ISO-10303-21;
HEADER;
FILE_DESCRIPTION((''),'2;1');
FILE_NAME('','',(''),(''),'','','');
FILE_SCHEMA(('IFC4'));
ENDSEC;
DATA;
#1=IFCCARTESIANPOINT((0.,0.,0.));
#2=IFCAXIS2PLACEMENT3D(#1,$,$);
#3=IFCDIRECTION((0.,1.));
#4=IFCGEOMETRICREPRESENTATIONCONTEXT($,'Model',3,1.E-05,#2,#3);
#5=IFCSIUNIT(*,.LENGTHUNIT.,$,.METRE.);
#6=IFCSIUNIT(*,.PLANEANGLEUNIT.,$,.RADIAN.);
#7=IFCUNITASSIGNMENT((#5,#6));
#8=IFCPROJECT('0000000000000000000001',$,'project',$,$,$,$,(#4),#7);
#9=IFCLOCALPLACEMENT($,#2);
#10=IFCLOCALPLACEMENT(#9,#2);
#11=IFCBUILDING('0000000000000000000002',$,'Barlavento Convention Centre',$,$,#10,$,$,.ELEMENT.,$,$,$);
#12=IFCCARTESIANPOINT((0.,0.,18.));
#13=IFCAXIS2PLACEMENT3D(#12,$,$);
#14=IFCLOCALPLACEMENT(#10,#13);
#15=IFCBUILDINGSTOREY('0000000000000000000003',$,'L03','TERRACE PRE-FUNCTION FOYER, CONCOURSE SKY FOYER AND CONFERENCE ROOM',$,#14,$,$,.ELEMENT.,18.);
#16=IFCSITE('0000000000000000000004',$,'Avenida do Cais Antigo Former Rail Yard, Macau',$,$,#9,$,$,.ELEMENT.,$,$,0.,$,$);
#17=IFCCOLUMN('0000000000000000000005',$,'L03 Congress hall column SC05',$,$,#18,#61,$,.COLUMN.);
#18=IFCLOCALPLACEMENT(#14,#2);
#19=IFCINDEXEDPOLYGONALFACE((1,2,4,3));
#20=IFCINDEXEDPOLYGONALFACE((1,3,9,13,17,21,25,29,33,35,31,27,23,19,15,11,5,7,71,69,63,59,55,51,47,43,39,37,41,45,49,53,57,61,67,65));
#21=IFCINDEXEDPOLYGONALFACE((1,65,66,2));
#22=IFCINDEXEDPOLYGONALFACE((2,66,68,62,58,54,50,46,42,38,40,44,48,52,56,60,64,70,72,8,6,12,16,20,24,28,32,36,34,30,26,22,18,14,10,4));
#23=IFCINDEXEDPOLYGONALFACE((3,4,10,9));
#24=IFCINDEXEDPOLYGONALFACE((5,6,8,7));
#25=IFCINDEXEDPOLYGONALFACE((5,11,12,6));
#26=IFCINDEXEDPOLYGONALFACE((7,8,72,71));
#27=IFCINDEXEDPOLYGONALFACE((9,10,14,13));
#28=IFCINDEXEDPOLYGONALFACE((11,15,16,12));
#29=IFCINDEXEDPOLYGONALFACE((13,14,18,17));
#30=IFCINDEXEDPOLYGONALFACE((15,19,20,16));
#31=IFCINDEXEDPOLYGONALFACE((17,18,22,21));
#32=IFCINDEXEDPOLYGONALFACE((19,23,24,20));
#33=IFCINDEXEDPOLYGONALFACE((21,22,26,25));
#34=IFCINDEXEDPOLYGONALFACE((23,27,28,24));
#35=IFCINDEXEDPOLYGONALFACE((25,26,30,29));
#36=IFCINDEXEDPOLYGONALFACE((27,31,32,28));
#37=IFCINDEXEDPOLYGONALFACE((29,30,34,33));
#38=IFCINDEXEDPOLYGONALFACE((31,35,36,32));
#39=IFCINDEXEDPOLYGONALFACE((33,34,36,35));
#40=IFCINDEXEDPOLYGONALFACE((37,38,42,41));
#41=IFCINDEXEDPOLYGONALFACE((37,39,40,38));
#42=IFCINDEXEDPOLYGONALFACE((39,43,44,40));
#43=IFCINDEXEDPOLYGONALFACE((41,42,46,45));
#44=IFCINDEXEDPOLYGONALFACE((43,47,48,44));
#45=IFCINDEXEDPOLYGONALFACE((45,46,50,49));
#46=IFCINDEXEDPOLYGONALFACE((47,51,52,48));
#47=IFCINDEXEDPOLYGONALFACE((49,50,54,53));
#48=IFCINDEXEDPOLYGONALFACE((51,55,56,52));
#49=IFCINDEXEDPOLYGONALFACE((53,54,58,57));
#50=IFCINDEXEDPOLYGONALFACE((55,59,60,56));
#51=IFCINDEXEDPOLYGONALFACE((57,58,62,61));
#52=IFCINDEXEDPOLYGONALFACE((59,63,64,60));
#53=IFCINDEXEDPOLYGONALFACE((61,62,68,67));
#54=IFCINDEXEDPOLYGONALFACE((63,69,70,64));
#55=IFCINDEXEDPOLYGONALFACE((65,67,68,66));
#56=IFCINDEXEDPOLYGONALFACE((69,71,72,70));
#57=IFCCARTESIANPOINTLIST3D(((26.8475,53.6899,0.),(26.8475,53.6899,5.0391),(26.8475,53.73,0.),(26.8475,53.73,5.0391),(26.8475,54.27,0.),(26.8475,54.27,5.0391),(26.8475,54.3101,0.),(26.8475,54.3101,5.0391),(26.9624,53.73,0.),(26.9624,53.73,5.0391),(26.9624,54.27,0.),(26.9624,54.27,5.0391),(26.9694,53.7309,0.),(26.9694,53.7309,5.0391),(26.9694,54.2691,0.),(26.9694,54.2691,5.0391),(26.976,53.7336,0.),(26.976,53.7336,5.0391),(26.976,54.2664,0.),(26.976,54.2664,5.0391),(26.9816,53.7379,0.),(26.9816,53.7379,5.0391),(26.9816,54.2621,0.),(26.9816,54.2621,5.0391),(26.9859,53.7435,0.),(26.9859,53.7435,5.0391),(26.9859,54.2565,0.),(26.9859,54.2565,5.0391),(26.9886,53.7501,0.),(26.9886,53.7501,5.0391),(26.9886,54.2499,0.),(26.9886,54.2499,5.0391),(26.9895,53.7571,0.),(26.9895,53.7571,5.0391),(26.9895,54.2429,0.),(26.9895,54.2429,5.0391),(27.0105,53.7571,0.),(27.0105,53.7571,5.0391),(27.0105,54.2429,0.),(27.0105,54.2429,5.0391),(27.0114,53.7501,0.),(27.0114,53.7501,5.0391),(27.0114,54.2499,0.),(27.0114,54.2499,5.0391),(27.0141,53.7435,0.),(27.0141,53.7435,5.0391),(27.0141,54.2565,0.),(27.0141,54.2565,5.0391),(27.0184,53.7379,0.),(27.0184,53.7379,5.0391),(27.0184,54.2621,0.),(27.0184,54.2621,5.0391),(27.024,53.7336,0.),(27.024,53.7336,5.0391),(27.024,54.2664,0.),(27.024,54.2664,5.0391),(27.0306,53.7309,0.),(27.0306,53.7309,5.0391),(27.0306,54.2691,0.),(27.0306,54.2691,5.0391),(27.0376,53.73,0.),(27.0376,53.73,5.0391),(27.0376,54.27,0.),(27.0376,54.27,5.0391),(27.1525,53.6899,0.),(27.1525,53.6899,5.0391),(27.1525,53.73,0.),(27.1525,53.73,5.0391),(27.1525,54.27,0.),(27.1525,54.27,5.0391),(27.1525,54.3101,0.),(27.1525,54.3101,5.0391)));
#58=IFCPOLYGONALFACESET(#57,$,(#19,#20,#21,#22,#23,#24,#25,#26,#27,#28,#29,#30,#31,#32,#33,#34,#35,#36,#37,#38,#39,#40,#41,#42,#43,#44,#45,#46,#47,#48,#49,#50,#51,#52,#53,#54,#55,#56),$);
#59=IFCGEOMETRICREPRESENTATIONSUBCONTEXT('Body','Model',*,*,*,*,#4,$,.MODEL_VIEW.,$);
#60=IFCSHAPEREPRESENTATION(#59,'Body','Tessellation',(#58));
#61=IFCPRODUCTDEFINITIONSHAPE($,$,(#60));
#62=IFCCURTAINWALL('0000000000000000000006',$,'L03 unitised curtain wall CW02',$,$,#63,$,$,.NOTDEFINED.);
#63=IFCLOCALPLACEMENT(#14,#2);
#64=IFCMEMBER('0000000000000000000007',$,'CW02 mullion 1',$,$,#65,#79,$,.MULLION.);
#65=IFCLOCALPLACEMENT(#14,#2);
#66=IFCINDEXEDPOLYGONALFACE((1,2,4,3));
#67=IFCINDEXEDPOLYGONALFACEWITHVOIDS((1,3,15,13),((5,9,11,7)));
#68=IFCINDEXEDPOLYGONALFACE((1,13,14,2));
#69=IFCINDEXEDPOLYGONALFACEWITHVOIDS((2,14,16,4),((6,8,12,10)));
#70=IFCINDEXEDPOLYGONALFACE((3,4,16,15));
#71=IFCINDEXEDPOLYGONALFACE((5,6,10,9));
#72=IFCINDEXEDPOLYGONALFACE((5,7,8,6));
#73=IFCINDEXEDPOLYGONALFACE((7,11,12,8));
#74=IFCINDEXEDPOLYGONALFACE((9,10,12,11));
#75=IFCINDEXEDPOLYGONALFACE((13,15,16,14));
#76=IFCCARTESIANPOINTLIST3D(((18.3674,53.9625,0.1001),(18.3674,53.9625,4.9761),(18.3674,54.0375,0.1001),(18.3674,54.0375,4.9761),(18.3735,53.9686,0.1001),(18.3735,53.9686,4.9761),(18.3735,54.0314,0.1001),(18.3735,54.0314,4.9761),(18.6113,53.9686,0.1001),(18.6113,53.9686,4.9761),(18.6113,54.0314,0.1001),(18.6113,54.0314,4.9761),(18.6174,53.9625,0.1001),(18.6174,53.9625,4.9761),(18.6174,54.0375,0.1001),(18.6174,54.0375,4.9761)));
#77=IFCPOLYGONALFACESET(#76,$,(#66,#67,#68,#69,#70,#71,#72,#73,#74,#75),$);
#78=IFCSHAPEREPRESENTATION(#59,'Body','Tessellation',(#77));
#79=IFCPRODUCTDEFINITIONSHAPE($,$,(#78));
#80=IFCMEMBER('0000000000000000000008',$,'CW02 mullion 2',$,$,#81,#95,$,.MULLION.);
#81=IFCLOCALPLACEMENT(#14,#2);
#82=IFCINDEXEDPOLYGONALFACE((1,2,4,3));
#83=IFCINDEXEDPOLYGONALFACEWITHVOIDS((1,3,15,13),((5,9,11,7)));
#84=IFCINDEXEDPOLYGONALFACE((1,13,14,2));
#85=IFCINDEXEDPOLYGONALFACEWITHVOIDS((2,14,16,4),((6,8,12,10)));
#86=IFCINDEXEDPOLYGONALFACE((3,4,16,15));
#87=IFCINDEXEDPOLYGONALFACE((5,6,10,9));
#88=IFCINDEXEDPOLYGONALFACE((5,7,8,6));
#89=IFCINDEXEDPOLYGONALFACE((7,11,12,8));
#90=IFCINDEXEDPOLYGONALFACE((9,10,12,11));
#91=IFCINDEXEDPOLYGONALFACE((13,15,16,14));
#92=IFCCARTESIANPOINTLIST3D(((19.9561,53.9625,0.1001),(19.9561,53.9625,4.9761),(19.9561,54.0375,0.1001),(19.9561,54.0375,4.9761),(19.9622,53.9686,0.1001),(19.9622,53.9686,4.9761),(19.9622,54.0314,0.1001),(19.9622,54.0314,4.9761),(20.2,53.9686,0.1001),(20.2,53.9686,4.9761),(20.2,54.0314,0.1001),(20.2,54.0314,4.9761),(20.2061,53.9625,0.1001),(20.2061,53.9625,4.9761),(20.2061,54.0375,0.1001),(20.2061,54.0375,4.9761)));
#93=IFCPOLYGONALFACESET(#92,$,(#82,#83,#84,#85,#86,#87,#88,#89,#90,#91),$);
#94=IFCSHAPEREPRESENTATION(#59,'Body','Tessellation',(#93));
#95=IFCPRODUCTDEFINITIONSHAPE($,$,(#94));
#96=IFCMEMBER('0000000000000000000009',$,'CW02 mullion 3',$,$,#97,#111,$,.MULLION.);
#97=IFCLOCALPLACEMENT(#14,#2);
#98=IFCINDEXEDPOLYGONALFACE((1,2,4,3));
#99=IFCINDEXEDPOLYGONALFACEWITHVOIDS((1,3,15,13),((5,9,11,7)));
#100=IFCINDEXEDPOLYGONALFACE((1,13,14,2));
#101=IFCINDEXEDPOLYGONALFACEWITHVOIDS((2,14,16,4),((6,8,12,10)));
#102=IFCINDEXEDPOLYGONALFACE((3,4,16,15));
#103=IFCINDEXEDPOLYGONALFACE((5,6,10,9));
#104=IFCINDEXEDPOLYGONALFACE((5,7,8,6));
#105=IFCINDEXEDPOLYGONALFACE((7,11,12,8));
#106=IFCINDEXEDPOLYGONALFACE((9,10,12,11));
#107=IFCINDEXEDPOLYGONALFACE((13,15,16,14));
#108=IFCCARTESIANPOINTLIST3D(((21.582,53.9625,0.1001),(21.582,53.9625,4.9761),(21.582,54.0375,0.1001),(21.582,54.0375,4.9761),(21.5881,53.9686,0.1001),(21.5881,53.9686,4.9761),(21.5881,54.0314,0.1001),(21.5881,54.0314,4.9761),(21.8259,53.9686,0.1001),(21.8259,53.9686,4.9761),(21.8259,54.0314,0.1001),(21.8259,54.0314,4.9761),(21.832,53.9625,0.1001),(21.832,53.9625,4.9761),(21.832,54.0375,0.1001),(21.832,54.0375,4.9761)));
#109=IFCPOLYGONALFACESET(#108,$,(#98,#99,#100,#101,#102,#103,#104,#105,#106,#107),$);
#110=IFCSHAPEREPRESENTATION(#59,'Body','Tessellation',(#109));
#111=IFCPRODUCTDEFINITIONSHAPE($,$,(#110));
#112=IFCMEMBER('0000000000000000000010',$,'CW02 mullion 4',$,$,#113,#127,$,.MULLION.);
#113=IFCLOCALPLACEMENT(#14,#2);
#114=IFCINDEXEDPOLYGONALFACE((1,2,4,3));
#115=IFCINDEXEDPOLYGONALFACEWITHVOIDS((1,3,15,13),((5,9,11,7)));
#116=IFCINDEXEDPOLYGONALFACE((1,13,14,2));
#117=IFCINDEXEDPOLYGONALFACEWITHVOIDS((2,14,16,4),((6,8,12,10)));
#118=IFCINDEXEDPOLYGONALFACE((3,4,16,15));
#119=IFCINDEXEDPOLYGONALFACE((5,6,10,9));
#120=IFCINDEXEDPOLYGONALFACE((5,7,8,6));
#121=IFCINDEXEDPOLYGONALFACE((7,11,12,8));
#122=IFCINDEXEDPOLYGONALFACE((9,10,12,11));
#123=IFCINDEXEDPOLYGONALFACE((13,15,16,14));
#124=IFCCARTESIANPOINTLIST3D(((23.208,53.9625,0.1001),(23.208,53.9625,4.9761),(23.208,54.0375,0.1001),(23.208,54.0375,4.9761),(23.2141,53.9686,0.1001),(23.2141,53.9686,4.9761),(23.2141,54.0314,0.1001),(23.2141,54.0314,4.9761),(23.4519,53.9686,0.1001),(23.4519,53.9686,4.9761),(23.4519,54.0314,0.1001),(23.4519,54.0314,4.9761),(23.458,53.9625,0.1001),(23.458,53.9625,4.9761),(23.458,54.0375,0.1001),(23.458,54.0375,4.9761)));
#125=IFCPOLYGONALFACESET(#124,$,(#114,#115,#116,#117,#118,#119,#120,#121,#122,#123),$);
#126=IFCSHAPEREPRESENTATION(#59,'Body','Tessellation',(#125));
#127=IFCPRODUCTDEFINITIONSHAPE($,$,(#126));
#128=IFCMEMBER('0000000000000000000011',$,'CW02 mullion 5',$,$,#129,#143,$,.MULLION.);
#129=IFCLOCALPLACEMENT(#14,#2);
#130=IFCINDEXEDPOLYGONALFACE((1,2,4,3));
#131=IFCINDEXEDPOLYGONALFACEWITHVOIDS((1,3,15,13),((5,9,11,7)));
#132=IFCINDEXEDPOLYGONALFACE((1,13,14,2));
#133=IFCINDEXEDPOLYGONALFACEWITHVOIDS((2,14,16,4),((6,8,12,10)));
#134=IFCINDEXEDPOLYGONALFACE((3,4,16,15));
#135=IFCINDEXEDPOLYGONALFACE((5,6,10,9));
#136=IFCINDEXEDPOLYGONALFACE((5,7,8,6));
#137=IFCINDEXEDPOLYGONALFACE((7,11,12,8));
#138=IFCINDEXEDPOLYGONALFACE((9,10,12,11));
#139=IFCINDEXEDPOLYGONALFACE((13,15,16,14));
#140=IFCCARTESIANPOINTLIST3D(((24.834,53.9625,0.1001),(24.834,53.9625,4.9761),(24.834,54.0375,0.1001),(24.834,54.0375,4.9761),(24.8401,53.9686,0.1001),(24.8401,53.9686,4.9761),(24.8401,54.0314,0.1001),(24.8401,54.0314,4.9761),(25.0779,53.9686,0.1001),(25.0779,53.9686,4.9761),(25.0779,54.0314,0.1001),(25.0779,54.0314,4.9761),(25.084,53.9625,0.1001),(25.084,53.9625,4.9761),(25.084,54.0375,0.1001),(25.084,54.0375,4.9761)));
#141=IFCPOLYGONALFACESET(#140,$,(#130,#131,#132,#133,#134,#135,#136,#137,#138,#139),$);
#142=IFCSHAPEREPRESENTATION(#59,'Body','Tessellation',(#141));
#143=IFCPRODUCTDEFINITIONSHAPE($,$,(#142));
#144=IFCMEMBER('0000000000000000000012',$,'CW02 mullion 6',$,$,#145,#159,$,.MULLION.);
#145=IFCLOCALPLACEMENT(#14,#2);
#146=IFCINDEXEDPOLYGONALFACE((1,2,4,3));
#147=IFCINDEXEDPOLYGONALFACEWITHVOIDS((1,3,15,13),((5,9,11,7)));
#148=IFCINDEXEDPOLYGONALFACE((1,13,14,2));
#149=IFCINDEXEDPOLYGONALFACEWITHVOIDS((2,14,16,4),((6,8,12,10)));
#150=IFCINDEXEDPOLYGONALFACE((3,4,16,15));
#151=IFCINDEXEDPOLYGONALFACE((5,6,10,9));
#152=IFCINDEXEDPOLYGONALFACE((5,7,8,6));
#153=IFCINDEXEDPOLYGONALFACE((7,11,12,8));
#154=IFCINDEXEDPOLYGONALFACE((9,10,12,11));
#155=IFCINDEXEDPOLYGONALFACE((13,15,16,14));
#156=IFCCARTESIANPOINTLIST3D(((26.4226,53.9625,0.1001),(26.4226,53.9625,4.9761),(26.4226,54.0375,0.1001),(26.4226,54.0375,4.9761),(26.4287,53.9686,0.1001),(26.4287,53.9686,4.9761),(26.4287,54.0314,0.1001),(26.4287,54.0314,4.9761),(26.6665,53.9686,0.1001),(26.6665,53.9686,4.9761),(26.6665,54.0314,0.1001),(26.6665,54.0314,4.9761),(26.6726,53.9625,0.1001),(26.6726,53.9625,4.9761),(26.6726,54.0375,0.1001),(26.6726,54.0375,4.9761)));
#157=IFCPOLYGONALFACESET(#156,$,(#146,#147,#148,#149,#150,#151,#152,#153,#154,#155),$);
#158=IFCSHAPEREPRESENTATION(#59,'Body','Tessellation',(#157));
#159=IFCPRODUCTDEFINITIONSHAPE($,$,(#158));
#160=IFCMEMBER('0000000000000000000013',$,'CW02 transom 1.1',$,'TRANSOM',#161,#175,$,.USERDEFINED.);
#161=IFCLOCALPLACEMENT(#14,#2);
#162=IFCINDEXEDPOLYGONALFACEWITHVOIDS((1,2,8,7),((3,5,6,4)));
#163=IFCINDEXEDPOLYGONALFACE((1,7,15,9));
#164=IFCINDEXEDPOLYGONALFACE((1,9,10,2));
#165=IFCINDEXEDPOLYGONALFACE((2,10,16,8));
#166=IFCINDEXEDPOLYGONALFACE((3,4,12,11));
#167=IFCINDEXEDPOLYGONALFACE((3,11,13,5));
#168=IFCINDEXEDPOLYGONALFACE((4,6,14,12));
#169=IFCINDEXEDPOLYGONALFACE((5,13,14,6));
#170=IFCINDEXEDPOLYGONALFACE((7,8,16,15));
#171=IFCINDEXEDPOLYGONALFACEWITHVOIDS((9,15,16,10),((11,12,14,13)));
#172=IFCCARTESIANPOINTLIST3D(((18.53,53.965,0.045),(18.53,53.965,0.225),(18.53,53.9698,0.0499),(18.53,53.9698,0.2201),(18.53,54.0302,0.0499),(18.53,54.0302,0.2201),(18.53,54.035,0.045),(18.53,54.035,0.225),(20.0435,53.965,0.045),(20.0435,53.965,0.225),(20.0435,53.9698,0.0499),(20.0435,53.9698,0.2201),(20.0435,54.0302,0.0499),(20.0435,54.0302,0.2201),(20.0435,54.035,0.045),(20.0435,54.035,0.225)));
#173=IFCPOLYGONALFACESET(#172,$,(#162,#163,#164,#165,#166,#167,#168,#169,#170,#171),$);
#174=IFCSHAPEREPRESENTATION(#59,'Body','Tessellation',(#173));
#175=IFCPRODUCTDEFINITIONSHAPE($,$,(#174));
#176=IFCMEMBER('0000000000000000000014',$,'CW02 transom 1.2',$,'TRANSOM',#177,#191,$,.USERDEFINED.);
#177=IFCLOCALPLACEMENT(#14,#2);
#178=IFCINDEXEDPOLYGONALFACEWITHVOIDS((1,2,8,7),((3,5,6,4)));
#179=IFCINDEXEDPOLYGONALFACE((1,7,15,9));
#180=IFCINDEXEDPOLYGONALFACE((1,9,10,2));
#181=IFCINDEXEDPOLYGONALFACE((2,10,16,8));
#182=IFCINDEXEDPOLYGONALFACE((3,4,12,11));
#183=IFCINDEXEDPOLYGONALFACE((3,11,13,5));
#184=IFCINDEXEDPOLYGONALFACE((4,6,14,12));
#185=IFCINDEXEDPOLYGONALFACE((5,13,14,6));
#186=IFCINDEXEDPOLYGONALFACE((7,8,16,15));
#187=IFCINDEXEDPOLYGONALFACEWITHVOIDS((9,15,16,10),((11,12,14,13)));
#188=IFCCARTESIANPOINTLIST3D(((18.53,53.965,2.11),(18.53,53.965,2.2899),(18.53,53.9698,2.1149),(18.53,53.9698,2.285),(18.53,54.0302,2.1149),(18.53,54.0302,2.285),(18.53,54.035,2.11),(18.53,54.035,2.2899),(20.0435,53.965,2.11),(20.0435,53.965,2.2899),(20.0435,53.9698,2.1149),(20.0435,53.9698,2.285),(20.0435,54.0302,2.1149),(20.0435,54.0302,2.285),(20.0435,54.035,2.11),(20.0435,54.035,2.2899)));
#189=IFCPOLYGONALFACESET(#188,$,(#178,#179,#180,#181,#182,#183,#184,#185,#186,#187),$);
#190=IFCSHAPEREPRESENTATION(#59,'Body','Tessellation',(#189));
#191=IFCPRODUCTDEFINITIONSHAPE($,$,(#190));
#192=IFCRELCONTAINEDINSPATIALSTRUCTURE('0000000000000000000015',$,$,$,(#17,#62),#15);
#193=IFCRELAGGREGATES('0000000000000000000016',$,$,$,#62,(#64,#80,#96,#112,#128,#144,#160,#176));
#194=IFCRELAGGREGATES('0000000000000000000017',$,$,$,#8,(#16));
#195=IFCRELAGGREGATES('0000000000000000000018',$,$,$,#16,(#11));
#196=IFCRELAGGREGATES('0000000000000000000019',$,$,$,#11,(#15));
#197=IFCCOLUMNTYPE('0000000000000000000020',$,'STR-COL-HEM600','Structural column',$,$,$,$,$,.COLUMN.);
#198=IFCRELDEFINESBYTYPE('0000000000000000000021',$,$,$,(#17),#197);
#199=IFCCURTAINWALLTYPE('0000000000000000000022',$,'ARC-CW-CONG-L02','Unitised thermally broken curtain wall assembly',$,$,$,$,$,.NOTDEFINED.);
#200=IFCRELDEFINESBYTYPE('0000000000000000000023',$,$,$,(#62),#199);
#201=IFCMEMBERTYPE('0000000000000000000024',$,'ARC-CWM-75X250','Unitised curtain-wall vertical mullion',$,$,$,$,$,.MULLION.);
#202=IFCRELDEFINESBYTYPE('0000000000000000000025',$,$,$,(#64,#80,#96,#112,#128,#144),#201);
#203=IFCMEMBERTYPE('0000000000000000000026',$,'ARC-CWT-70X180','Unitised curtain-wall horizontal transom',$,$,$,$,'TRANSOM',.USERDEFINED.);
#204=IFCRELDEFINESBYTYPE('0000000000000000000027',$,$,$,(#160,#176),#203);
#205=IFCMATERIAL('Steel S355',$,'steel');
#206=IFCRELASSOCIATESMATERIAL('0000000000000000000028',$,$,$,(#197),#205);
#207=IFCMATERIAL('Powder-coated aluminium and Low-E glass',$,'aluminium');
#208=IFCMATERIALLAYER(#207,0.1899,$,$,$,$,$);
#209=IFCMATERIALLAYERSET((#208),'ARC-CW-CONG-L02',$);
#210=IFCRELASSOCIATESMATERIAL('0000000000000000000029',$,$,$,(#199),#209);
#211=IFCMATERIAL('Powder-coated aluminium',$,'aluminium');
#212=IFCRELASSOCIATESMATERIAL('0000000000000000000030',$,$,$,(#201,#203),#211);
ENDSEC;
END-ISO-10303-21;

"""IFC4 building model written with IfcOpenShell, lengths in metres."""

from ifc_helpers import new_model, si_unit, direction, frame, origin, origin_2d, place, context, subcontext, project, spatial, hollow_rectangle, i_section, extrude, material, layer, layer_set, material_profile, profile_set, type_object, element, aggregate, save


model = new_model("IFC4")

# Units and contexts
model_context = context("Model", 3, precision=1e-05, world=origin(), true_north=direction((0.0, 1.0)))
body_context = subcontext(model_context, "Body", "Model", "MODEL_VIEW")
ifc_project = project(units=[si_unit("LENGTHUNIT", "METRE"), si_unit("PLANEANGLEUNIT", "RADIAN")], contexts=[model_context])

# Site, building, storey
site_placement = place(None, origin())
site = spatial("IfcSite", under=ifc_project, at=site_placement, Name="Avenida do Cais Antigo Former Rail Yard, Macau", CompositionType="ELEMENT", RefElevation=0.0)
building_placement = place(site_placement, origin())
building = spatial("IfcBuilding", under=site, at=building_placement, Name="Barlavento Convention Centre", CompositionType="ELEMENT")
storey_placement = place(building_placement, frame((0.0, 0.0, 18.0)))
storey = spatial("IfcBuildingStorey", under=building, at=storey_placement, Name="L03", Description="TERRACE PRE-FUNCTION FOYER, CONCOURSE SKY FOYER AND CONFERENCE ROOM", CompositionType="ELEMENT", Elevation=18.0)

# Column
ifc_material_1 = material(Name="Steel S355", Category="steel")
ifc_material_profile_1 = material_profile(ifc_material_1, i_section(OverallWidth=0.3049, OverallDepth=0.6201, WebThickness=0.021, FlangeThickness=0.04, FilletRadius=0.0271, at=origin_2d()), Name="HEM 600")
ifc_profile_set_1 = profile_set([ifc_material_profile_1], Name="Steel S355")
column_type = type_object("IfcColumnType", Name="STR-COL-HEM600", Description="Structural column", PredefinedType="COLUMN", material=ifc_profile_set_1)
column_placement = place(storey_placement, frame((27.0, 54.0, 0.0), z_axis=(0.0, 0.0, 1.0), x_axis=(1.0, 0.0, 0.0)))
element("IfcColumn", 1, at=column_placement, inside=storey, type_object=column_type, Name="L03 Congress hall column SC05", PredefinedType="COLUMN", context=body_context, shape_type="SweptSolid", body=[
    extrude(i_section(OverallWidth=0.3049, OverallDepth=0.6201, WebThickness=0.021, FlangeThickness=0.04, FilletRadius=0.0271, at=origin_2d()), origin(), (0.0, 0.0, 1.0), 5.0391),
])

# Curtain wall, members
ifc_material_2 = material(Name="Powder-coated aluminium and Low-E glass", Category="aluminium")
ifc_layer_1 = layer(ifc_material_2, 0.1899)
ifc_layer_set_1 = layer_set([ifc_layer_1], Name="ARC-CW-CONG-L02")
curtain_wall_type = type_object("IfcCurtainWallType", Name="ARC-CW-CONG-L02", Description="Unitised thermally broken curtain wall assembly", PredefinedType="NOTDEFINED", material=ifc_layer_set_1)
curtain_wall_placement = place(storey_placement, origin())
curtain_wall = element("IfcCurtainWall", 2, at=curtain_wall_placement, inside=storey, type_object=curtain_wall_type, Name="L03 unitised curtain wall CW02", PredefinedType="NOTDEFINED")
ifc_material_3 = material(Name="Powder-coated aluminium", Category="aluminium")
ifc_material_profile_2 = material_profile(ifc_material_3, hollow_rectangle(XDim=0.075, YDim=0.25, WallThickness=0.0061, at=origin_2d()), Name="AL-MULL 75x250x6")
ifc_profile_set_2 = profile_set([ifc_material_profile_2], Name="Powder-coated aluminium")
member_type_1 = type_object("IfcMemberType", Name="ARC-CWM-75X250", Description="Unitised curtain-wall vertical mullion", PredefinedType="MULLION", material=ifc_profile_set_2)
member_1_placement = place(storey_placement, frame((18.4924, 54.0, 0.1001), z_axis=(0.0, 0.0, 1.0), x_axis=(0.0, 1.0, 0.0)))
member_1 = element("IfcMember", 3, at=member_1_placement, type_object=member_type_1, Name="CW02 mullion 1", PredefinedType="MULLION", context=body_context, shape_type="SweptSolid", body=[
    extrude(hollow_rectangle(XDim=0.075, YDim=0.25, WallThickness=0.0061, at=origin_2d()), origin(), (0.0, 0.0, 1.0), 4.876),
])
member_2_placement = place(storey_placement, frame((20.0811, 54.0, 0.1001), z_axis=(0.0, 0.0, 1.0), x_axis=(0.0, 1.0, 0.0)))
member_2 = element("IfcMember", 4, at=member_2_placement, type_object=member_type_1, Name="CW02 mullion 2", PredefinedType="MULLION", context=body_context, shape_type="SweptSolid", body=[
    extrude(hollow_rectangle(XDim=0.075, YDim=0.25, WallThickness=0.0061, at=origin_2d()), origin(), (0.0, 0.0, 1.0), 4.876),
])
member_3_placement = place(storey_placement, frame((21.707, 54.0, 0.1001), z_axis=(0.0, 0.0, 1.0), x_axis=(0.0, 1.0, 0.0)))
member_3 = element("IfcMember", 5, at=member_3_placement, type_object=member_type_1, Name="CW02 mullion 3", PredefinedType="MULLION", context=body_context, shape_type="SweptSolid", body=[
    extrude(hollow_rectangle(XDim=0.075, YDim=0.25, WallThickness=0.0061, at=origin_2d()), origin(), (0.0, 0.0, 1.0), 4.876),
])
member_4_placement = place(storey_placement, frame((23.333, 54.0, 0.1001), z_axis=(0.0, 0.0, 1.0), x_axis=(0.0, 1.0, 0.0)))
member_4 = element("IfcMember", 6, at=member_4_placement, type_object=member_type_1, Name="CW02 mullion 4", PredefinedType="MULLION", context=body_context, shape_type="SweptSolid", body=[
    extrude(hollow_rectangle(XDim=0.075, YDim=0.25, WallThickness=0.0061, at=origin_2d()), origin(), (0.0, 0.0, 1.0), 4.876),
])
member_5_placement = place(storey_placement, frame((24.959, 54.0, 0.1001), z_axis=(0.0, 0.0, 1.0), x_axis=(0.0, 1.0, 0.0)))
member_5 = element("IfcMember", 7, at=member_5_placement, type_object=member_type_1, Name="CW02 mullion 5", PredefinedType="MULLION", context=body_context, shape_type="SweptSolid", body=[
    extrude(hollow_rectangle(XDim=0.075, YDim=0.25, WallThickness=0.0061, at=origin_2d()), origin(), (0.0, 0.0, 1.0), 4.876),
])
member_6_placement = place(storey_placement, frame((26.5476, 54.0, 0.1001), z_axis=(0.0, 0.0, 1.0), x_axis=(0.0, 1.0, 0.0)))
member_6 = element("IfcMember", 8, at=member_6_placement, type_object=member_type_1, Name="CW02 mullion 6", PredefinedType="MULLION", context=body_context, shape_type="SweptSolid", body=[
    extrude(hollow_rectangle(XDim=0.075, YDim=0.25, WallThickness=0.0061, at=origin_2d()), origin(), (0.0, 0.0, 1.0), 4.876),
])
ifc_material_profile_3 = material_profile(ifc_material_3, hollow_rectangle(XDim=0.0701, YDim=0.1799, WallThickness=0.0049, at=origin_2d()), Name="AL-TRAN 70x180x5")
ifc_profile_set_3 = profile_set([ifc_material_profile_3], Name="Powder-coated aluminium")
member_type_2 = type_object("IfcMemberType", Name="ARC-CWT-70X180", Description="Unitised curtain-wall horizontal transom", ElementType="TRANSOM", PredefinedType="USERDEFINED", material=ifc_profile_set_3)
member_7_placement = place(storey_placement, frame((18.53, 54.0, 0.135), z_axis=(1.0, 0.0, 0.0), x_axis=(0.0, 1.0, 0.0)))
member_7 = element("IfcMember", 9, at=member_7_placement, type_object=member_type_2, Name="CW02 transom 1.1", ObjectType="TRANSOM", PredefinedType="USERDEFINED", context=body_context, shape_type="SweptSolid", body=[
    extrude(hollow_rectangle(XDim=0.0701, YDim=0.1799, WallThickness=0.0049, at=origin_2d()), origin(), (0.0, 0.0, 1.0), 1.5134),
])
member_8_placement = place(storey_placement, frame((18.53, 54.0, 2.2), z_axis=(1.0, 0.0, 0.0), x_axis=(0.0, 1.0, 0.0)))
member_8 = element("IfcMember", 10, at=member_8_placement, type_object=member_type_2, Name="CW02 transom 1.2", ObjectType="TRANSOM", PredefinedType="USERDEFINED", context=body_context, shape_type="SweptSolid", body=[
    extrude(hollow_rectangle(XDim=0.0701, YDim=0.1799, WallThickness=0.0049, at=origin_2d()), origin(), (0.0, 0.0, 1.0), 1.5134),
])
aggregate(curtain_wall, [member_1, member_2, member_3, member_4, member_5, member_6, member_7, member_8])

save(model, "model.ifc")
